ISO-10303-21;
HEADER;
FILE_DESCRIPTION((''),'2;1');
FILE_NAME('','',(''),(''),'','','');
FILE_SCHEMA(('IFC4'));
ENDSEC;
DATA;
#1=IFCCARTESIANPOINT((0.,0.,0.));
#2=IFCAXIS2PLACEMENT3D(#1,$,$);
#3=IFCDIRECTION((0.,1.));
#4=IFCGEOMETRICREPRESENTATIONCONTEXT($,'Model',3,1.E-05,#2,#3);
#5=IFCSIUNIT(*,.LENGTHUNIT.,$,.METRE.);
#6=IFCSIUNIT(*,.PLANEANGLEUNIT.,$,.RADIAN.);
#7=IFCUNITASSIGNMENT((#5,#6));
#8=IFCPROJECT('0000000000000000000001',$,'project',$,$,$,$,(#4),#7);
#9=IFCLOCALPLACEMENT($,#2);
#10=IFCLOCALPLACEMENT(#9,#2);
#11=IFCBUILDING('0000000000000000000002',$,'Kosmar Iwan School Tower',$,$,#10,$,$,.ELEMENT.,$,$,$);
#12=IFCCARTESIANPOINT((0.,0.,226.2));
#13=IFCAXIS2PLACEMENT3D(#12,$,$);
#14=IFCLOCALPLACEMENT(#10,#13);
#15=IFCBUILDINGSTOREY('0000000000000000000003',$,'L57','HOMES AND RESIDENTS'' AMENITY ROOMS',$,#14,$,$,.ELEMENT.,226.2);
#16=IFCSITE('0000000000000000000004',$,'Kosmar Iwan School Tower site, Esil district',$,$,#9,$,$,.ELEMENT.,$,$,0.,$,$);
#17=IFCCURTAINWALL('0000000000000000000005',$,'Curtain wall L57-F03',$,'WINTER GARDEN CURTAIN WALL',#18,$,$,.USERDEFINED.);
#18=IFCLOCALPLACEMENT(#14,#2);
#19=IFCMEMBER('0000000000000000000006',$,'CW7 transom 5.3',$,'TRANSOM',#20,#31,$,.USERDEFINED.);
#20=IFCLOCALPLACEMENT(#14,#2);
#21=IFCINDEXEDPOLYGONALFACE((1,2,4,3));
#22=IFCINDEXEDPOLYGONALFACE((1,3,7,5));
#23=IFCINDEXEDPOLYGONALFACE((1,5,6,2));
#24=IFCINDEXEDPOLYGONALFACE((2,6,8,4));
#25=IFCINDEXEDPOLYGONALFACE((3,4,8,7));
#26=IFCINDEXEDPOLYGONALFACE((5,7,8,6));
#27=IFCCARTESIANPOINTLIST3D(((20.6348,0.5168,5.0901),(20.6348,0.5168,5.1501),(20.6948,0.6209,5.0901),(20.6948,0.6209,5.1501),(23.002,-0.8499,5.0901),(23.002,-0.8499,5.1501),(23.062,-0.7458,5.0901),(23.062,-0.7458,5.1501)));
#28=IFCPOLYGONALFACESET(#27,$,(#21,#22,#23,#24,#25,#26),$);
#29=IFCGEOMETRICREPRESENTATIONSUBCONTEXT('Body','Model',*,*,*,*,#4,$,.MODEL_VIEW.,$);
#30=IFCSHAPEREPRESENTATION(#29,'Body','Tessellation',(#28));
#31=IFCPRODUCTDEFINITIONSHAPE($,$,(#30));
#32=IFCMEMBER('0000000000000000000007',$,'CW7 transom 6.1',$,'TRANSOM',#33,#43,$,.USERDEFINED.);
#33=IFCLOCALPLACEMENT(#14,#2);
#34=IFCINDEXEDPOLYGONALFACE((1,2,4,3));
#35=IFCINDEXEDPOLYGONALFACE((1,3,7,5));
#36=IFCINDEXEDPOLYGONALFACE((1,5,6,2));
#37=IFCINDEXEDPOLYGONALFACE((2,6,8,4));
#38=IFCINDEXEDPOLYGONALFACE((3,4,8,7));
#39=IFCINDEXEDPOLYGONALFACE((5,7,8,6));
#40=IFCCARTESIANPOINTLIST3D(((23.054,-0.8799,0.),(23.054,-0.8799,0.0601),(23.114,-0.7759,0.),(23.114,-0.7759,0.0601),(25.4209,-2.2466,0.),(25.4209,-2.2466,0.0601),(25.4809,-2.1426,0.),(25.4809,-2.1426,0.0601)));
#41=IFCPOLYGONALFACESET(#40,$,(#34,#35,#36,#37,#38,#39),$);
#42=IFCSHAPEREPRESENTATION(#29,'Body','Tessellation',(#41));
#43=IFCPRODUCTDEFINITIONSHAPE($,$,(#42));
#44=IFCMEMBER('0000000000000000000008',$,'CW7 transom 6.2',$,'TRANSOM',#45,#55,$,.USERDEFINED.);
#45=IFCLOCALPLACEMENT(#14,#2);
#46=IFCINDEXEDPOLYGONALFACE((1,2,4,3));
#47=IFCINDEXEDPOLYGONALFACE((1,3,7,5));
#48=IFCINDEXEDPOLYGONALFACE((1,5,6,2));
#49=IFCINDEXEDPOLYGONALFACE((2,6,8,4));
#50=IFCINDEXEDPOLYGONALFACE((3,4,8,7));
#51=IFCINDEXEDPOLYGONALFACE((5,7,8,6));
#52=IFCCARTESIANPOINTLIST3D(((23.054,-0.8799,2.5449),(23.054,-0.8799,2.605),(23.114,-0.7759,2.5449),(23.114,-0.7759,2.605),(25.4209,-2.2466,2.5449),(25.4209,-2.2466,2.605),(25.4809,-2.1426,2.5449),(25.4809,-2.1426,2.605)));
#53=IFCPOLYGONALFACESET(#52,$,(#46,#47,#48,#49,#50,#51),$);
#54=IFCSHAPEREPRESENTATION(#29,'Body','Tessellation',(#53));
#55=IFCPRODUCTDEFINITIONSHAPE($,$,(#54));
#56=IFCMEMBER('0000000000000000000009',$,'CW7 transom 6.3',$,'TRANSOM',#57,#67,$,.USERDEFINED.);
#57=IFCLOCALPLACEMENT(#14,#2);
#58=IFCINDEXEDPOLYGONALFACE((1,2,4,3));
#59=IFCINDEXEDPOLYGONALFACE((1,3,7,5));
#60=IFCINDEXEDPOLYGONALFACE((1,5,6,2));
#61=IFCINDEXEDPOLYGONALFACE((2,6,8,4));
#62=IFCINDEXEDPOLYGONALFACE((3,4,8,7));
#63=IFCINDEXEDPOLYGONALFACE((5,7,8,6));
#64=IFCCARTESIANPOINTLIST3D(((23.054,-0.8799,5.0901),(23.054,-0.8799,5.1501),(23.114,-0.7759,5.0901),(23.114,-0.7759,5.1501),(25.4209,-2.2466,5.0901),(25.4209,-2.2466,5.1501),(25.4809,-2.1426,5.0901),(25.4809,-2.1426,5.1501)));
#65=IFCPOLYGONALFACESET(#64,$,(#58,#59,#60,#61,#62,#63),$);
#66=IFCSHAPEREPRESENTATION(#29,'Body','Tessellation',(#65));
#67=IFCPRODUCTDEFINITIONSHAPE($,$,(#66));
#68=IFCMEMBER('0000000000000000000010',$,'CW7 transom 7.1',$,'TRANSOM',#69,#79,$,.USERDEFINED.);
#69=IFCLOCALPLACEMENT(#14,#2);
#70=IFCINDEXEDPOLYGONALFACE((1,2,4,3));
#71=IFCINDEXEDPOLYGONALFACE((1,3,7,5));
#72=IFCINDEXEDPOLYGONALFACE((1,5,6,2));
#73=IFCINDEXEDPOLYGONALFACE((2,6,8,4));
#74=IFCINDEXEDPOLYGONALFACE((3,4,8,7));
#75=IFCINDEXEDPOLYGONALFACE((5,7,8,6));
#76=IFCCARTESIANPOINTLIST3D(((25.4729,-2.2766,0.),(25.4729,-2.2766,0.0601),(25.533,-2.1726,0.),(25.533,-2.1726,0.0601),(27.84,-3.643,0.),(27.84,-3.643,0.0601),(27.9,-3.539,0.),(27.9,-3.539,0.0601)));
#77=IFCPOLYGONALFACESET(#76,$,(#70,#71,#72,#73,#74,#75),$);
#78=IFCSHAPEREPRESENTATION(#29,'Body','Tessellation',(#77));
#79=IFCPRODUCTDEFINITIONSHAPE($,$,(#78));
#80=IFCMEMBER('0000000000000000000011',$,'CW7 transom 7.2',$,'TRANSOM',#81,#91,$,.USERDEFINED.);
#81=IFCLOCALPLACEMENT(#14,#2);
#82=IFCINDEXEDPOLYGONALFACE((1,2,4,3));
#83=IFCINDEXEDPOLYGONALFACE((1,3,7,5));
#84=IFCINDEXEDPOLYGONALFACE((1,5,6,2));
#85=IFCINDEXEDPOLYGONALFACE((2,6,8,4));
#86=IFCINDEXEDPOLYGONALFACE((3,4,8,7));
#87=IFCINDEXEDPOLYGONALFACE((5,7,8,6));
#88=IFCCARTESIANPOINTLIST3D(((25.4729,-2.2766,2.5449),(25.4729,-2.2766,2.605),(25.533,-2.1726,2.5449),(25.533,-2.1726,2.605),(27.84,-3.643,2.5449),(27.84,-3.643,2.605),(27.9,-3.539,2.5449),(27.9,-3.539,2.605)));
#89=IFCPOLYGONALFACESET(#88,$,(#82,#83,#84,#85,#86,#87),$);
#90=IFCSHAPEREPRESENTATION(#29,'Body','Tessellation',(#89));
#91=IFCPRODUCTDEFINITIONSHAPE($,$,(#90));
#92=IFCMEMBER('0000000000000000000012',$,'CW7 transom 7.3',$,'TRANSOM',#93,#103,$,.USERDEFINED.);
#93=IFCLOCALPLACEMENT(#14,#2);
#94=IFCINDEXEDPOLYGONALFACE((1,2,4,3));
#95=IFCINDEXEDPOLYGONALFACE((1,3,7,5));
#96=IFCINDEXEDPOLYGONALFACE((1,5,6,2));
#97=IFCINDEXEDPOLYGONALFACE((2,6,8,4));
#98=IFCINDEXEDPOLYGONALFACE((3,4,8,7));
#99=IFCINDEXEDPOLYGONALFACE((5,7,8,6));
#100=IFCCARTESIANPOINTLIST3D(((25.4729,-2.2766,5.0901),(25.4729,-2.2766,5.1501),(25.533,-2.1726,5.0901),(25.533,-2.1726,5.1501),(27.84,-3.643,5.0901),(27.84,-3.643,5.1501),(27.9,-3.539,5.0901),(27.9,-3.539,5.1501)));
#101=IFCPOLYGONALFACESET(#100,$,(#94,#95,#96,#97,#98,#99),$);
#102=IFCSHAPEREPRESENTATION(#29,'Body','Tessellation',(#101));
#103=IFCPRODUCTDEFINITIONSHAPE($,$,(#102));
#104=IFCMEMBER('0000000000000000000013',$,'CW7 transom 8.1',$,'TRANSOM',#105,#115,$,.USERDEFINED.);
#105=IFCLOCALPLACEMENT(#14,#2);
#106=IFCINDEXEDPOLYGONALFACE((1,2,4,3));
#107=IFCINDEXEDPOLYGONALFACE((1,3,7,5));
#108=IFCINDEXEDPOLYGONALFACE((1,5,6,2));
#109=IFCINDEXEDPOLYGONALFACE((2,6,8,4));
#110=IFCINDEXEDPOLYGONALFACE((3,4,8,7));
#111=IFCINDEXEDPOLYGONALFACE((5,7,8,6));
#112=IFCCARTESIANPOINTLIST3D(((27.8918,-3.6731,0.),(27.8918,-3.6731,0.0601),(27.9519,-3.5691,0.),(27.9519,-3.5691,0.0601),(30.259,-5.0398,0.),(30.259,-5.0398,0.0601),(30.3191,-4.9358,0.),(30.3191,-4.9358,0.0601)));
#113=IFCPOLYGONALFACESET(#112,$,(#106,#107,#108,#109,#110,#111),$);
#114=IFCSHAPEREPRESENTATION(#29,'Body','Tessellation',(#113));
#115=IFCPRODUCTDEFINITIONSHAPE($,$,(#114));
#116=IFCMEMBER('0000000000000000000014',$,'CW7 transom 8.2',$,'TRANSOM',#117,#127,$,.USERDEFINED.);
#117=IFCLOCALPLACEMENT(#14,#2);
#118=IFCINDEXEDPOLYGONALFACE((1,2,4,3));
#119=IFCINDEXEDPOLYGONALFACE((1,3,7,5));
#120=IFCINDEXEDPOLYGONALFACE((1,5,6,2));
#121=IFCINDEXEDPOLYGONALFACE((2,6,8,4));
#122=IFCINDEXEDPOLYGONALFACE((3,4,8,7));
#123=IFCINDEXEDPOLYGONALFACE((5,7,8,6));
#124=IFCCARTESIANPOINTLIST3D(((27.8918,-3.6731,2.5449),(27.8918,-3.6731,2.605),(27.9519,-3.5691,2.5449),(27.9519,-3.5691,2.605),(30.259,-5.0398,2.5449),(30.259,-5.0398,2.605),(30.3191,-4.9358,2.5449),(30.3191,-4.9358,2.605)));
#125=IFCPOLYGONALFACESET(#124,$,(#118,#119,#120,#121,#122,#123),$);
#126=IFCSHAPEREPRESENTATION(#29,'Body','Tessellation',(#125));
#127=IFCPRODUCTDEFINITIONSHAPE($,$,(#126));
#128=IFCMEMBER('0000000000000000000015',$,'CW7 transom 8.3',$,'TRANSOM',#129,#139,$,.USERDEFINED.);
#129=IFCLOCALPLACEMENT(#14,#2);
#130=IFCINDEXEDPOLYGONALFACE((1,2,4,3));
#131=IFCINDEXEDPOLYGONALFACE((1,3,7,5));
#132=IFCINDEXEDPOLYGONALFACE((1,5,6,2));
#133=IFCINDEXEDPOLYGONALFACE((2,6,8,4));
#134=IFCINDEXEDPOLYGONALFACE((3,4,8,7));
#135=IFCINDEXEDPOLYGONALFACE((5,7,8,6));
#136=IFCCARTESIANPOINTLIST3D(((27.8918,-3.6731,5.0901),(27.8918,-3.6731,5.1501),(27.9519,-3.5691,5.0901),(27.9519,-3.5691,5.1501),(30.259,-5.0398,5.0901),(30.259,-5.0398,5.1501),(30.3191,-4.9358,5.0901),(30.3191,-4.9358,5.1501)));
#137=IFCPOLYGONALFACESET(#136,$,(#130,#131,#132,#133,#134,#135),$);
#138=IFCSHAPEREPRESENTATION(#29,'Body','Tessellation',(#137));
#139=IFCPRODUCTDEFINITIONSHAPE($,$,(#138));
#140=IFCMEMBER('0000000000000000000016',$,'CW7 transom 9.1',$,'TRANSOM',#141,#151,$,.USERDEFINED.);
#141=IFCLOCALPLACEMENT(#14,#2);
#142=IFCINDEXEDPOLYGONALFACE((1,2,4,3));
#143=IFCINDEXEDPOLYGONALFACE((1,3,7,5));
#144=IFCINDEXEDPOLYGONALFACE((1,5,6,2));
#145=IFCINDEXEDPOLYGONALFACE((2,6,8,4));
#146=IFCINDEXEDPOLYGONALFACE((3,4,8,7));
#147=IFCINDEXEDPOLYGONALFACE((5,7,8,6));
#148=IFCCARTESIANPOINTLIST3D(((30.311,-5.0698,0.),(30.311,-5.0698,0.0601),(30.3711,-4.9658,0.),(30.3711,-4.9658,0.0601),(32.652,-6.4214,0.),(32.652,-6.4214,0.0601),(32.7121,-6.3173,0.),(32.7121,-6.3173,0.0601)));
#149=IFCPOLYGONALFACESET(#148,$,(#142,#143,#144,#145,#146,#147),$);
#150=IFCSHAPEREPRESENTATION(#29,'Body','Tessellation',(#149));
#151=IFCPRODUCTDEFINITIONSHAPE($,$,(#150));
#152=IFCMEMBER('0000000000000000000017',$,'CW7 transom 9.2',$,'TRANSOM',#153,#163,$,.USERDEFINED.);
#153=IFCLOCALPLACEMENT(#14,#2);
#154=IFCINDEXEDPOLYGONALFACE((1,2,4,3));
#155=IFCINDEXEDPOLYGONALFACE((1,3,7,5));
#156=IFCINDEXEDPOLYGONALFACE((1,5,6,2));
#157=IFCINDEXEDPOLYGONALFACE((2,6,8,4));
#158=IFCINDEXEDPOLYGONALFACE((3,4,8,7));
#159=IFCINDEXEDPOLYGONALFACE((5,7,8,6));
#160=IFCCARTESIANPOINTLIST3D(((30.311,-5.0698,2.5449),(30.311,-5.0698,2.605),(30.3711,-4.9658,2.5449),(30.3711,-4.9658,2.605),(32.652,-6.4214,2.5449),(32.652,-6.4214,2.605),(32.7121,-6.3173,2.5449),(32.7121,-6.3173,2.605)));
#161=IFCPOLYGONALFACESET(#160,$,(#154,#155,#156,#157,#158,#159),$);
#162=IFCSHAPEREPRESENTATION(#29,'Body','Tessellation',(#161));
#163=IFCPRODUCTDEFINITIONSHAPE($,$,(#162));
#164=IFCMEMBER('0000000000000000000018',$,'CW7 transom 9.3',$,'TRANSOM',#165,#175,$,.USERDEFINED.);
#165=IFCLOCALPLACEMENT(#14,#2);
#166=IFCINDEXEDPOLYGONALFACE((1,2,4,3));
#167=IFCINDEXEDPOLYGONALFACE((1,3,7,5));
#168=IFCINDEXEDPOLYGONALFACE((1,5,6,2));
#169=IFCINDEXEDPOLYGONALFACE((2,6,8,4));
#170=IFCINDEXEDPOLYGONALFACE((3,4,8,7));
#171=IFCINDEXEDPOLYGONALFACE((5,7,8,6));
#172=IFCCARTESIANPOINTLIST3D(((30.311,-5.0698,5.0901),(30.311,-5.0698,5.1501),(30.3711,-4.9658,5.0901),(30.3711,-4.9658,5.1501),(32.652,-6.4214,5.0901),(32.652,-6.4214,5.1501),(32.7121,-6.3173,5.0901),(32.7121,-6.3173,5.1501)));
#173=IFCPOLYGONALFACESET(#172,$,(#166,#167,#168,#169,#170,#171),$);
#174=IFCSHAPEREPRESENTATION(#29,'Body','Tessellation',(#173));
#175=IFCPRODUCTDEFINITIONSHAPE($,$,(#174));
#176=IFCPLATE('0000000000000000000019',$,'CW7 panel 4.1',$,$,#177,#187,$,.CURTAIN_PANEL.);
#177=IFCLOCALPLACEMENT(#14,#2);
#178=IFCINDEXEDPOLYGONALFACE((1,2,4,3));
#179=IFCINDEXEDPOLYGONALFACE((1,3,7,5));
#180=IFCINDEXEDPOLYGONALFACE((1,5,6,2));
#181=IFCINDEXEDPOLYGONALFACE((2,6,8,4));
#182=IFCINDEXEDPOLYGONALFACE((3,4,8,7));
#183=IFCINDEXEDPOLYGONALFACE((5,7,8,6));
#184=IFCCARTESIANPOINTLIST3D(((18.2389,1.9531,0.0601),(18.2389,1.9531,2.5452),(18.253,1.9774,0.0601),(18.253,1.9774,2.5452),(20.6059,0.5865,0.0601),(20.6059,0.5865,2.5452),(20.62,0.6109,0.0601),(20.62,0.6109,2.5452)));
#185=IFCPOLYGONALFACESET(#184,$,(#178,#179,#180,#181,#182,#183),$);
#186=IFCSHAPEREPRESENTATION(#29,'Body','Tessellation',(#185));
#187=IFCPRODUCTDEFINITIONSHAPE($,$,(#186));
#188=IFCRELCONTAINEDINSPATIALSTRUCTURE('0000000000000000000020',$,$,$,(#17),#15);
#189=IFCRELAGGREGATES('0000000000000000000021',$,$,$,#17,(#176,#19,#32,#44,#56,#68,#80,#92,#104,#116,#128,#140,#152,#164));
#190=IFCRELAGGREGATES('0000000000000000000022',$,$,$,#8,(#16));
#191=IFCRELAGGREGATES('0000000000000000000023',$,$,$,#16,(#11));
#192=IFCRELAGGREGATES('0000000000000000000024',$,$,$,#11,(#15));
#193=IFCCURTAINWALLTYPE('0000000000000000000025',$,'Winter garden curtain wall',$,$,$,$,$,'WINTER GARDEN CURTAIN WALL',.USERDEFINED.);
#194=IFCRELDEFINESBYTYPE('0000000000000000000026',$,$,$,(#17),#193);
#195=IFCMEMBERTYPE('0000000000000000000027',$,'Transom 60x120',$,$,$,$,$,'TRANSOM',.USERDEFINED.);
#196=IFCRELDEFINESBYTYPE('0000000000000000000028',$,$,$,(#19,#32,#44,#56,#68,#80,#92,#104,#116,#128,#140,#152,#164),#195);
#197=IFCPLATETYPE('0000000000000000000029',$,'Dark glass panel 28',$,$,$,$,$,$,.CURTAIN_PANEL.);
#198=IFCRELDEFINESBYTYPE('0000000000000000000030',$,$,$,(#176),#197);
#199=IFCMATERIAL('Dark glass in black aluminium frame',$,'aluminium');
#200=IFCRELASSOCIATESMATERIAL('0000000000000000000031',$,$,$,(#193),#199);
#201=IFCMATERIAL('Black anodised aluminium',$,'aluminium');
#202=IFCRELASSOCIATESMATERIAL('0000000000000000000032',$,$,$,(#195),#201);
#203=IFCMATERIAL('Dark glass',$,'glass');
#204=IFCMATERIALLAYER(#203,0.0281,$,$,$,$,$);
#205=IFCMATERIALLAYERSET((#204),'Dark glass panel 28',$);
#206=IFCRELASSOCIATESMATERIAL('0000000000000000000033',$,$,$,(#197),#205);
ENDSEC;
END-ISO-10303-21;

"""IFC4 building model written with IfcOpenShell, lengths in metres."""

from ifc_helpers import new_model, si_unit, direction, frame, origin, origin_2d, place, context, subcontext, project, spatial, rectangle, extrude, material, layer, layer_set, material_profile, profile_set, type_object, element, aggregate, save


model = new_model("IFC4")

# Units and contexts
model_context = context("Model", 3, precision=1e-05, world=origin(), true_north=direction((0.0, 1.0)))
body_context = subcontext(model_context, "Body", "Model", "MODEL_VIEW")
ifc_project = project(units=[si_unit("LENGTHUNIT", "METRE"), si_unit("PLANEANGLEUNIT", "RADIAN")], contexts=[model_context])

# Site, building, storey
site_placement = place(None, origin())
site = spatial("IfcSite", under=ifc_project, at=site_placement, Name="Kosmar Iwan School Tower site, Esil district", CompositionType="ELEMENT", RefElevation=0.0)
building_placement = place(site_placement, origin())
building = spatial("IfcBuilding", under=site, at=building_placement, Name="Kosmar Iwan School Tower", CompositionType="ELEMENT")
storey_placement = place(building_placement, frame((0.0, 0.0, 226.2)))
storey = spatial("IfcBuildingStorey", under=building, at=storey_placement, Name="L57", Description="HOMES AND RESIDENTS' AMENITY ROOMS", CompositionType="ELEMENT", Elevation=226.2)

# Curtain wall
ifc_material_1 = material(Name="Dark glass in black aluminium frame", Category="aluminium")
curtain_wall_type = type_object("IfcCurtainWallType", Name="Winter garden curtain wall", ElementType="WINTER GARDEN CURTAIN WALL", PredefinedType="USERDEFINED", material=ifc_material_1)
curtain_wall_placement = place(storey_placement, origin())
curtain_wall = element("IfcCurtainWall", 1, at=curtain_wall_placement, inside=storey, type_object=curtain_wall_type, Name="Curtain wall L57-F03", ObjectType="WINTER GARDEN CURTAIN WALL", PredefinedType="USERDEFINED")

# Members
ifc_material_2 = material(Name="Black anodised aluminium", Category="aluminium")
ifc_material_profile_1 = material_profile(ifc_material_2, rectangle(XDim=0.1201, YDim=0.0601, at=origin_2d()), Name="TRANSOM 60x120")
ifc_profile_set_1 = profile_set([ifc_material_profile_1], Name="Black anodised aluminium")
member_type_1 = type_object("IfcMemberType", Name="Transom 60x120", ElementType="TRANSOM", PredefinedType="USERDEFINED", material=ifc_profile_set_1)
member_1_placement = place(storey_placement, frame((20.6648, 0.5688, 5.1201), z_axis=(0.866025, -0.500001, 0.0), x_axis=(0.500001, 0.866025, 0.0)))
member_1 = element("IfcMember", 2, at=member_1_placement, type_object=member_type_1, Name="CW7 transom 5.3", ObjectType="TRANSOM", PredefinedType="USERDEFINED", context=body_context, shape_type="SweptSolid", body=[
    extrude(rectangle(XDim=0.1201, YDim=0.0601, at=origin_2d()), origin(), (0.0, 0.0, 1.0), 2.7334),
])
member_2_placement = place(storey_placement, frame((23.084, -0.8279, 0.03), z_axis=(0.866003, -0.500039, 0.0), x_axis=(0.500039, 0.866003, 0.0)))
member_2 = element("IfcMember", 3, at=member_2_placement, type_object=member_type_1, Name="CW7 transom 6.1", ObjectType="TRANSOM", PredefinedType="USERDEFINED", context=body_context, shape_type="SweptSolid", body=[
    extrude(rectangle(XDim=0.1201, YDim=0.0601, at=origin_2d()), origin(), (0.0, 0.0, 1.0), 2.7332),
])
member_3_placement = place(storey_placement, frame((23.084, -0.8279, 2.575), z_axis=(0.866003, -0.500039, 0.0), x_axis=(0.500039, 0.866003, 0.0)))
member_3 = element("IfcMember", 4, at=member_3_placement, type_object=member_type_1, Name="CW7 transom 6.2", ObjectType="TRANSOM", PredefinedType="USERDEFINED", context=body_context, shape_type="SweptSolid", body=[
    extrude(rectangle(XDim=0.1201, YDim=0.0601, at=origin_2d()), origin(), (0.0, 0.0, 1.0), 2.7332),
])
member_4_placement = place(storey_placement, frame((23.084, -0.8279, 5.1201), z_axis=(0.866003, -0.500039, 0.0), x_axis=(0.500039, 0.866003, 0.0)))
member_4 = element("IfcMember", 5, at=member_4_placement, type_object=member_type_1, Name="CW7 transom 6.3", ObjectType="TRANSOM", PredefinedType="USERDEFINED", context=body_context, shape_type="SweptSolid", body=[
    extrude(rectangle(XDim=0.1201, YDim=0.0601, at=origin_2d()), origin(), (0.0, 0.0, 1.0), 2.7332),
])
member_5_placement = place(storey_placement, frame((25.5029, -2.2246, 0.03), z_axis=(0.866064, -0.499934, 0.0), x_axis=(0.499934, 0.866064, 0.0)))
member_5 = element("IfcMember", 6, at=member_5_placement, type_object=member_type_1, Name="CW7 transom 7.1", ObjectType="TRANSOM", PredefinedType="USERDEFINED", context=body_context, shape_type="SweptSolid", body=[
    extrude(rectangle(XDim=0.1201, YDim=0.0601, at=origin_2d()), origin(), (0.0, 0.0, 1.0), 2.7332),
])
member_6_placement = place(storey_placement, frame((25.5029, -2.2246, 2.575), z_axis=(0.866064, -0.499934, 0.0), x_axis=(0.499934, 0.866064, 0.0)))
member_6 = element("IfcMember", 7, at=member_6_placement, type_object=member_type_1, Name="CW7 transom 7.2", ObjectType="TRANSOM", PredefinedType="USERDEFINED", context=body_context, shape_type="SweptSolid", body=[
    extrude(rectangle(XDim=0.1201, YDim=0.0601, at=origin_2d()), origin(), (0.0, 0.0, 1.0), 2.7332),
])
member_7_placement = place(storey_placement, frame((25.5029, -2.2246, 5.1201), z_axis=(0.866064, -0.499934, 0.0), x_axis=(0.499934, 0.866064, 0.0)))
member_7 = element("IfcMember", 8, at=member_7_placement, type_object=member_type_1, Name="CW7 transom 7.3", ObjectType="TRANSOM", PredefinedType="USERDEFINED", context=body_context, shape_type="SweptSolid", body=[
    extrude(rectangle(XDim=0.1201, YDim=0.0601, at=origin_2d()), origin(), (0.0, 0.0, 1.0), 2.7332),
])
member_8_placement = place(storey_placement, frame((27.9219, -3.6211, 0.03), z_axis=(0.866025, -0.500001, 0.0), x_axis=(0.500001, 0.866025, 0.0)))
member_8 = element("IfcMember", 9, at=member_8_placement, type_object=member_type_1, Name="CW7 transom 8.1", ObjectType="TRANSOM", PredefinedType="USERDEFINED", context=body_context, shape_type="SweptSolid", body=[
    extrude(rectangle(XDim=0.1201, YDim=0.0601, at=origin_2d()), origin(), (0.0, 0.0, 1.0), 2.7334),
])
member_9_placement = place(storey_placement, frame((27.9219, -3.6211, 2.575), z_axis=(0.866025, -0.500001, 0.0), x_axis=(0.500001, 0.866025, 0.0)))
member_9 = element("IfcMember", 10, at=member_9_placement, type_object=member_type_1, Name="CW7 transom 8.2", ObjectType="TRANSOM", PredefinedType="USERDEFINED", context=body_context, shape_type="SweptSolid", body=[
    extrude(rectangle(XDim=0.1201, YDim=0.0601, at=origin_2d()), origin(), (0.0, 0.0, 1.0), 2.7334),
])
member_10_placement = place(storey_placement, frame((27.9219, -3.6211, 5.1201), z_axis=(0.866025, -0.500001, 0.0), x_axis=(0.500001, 0.866025, 0.0)))
member_10 = element("IfcMember", 11, at=member_10_placement, type_object=member_type_1, Name="CW7 transom 8.3", ObjectType="TRANSOM", PredefinedType="USERDEFINED", context=body_context, shape_type="SweptSolid", body=[
    extrude(rectangle(XDim=0.1201, YDim=0.0601, at=origin_2d()), origin(), (0.0, 0.0, 1.0), 2.7334),
])
member_11_placement = place(storey_placement, frame((30.3411, -5.0178, 0.03), z_axis=(0.866034, -0.499986, 0.0), x_axis=(0.499986, 0.866034, 0.0)))
member_11 = element("IfcMember", 12, at=member_11_placement, type_object=member_type_1, Name="CW7 transom 9.1", ObjectType="TRANSOM", PredefinedType="USERDEFINED", context=body_context, shape_type="SweptSolid", body=[
    extrude(rectangle(XDim=0.1201, YDim=0.0601, at=origin_2d()), origin(), (0.0, 0.0, 1.0), 2.7031),
])
member_12_placement = place(storey_placement, frame((30.3411, -5.0178, 2.575), z_axis=(0.866034, -0.499986, 0.0), x_axis=(0.499986, 0.866034, 0.0)))
member_12 = element("IfcMember", 13, at=member_12_placement, type_object=member_type_1, Name="CW7 transom 9.2", ObjectType="TRANSOM", PredefinedType="USERDEFINED", context=body_context, shape_type="SweptSolid", body=[
    extrude(rectangle(XDim=0.1201, YDim=0.0601, at=origin_2d()), origin(), (0.0, 0.0, 1.0), 2.7031),
])
member_13_placement = place(storey_placement, frame((30.3411, -5.0178, 5.1201), z_axis=(0.866034, -0.499986, 0.0), x_axis=(0.499986, 0.866034, 0.0)))
member_13 = element("IfcMember", 14, at=member_13_placement, type_object=member_type_1, Name="CW7 transom 9.3", ObjectType="TRANSOM", PredefinedType="USERDEFINED", context=body_context, shape_type="SweptSolid", body=[
    extrude(rectangle(XDim=0.1201, YDim=0.0601, at=origin_2d()), origin(), (0.0, 0.0, 1.0), 2.7031),
])

# Plate
ifc_material_3 = material(Name="Dark glass", Category="glass")
ifc_layer = layer(ifc_material_3, 0.0281)
ifc_layer_set = layer_set([ifc_layer], Name="Dark glass panel 28")
plate_type = type_object("IfcPlateType", Name="Dark glass panel 28", PredefinedType="CURTAIN_PANEL", material=ifc_layer_set)
plate_1_placement = place(storey_placement, frame((19.4294, 1.282, 0.0601), z_axis=(0.0, 0.0, 1.0), x_axis=(0.866025, -0.5, 0.0)))
plate_1 = element("IfcPlate", 15, at=plate_1_placement, type_object=plate_type, Name="CW7 panel 4.1", PredefinedType="CURTAIN_PANEL", context=body_context, shape_type="SweptSolid", body=[
    extrude(rectangle(XDim=2.7332, YDim=0.0281, at=origin_2d()), origin(), (0.0, 0.0, 1.0), 2.4851),
])
aggregate(curtain_wall, [plate_1, member_1, member_2, member_3, member_4, member_5, member_6, member_7, member_8, member_9, member_10, member_11, member_12, member_13])

save(model, "model.ifc")
